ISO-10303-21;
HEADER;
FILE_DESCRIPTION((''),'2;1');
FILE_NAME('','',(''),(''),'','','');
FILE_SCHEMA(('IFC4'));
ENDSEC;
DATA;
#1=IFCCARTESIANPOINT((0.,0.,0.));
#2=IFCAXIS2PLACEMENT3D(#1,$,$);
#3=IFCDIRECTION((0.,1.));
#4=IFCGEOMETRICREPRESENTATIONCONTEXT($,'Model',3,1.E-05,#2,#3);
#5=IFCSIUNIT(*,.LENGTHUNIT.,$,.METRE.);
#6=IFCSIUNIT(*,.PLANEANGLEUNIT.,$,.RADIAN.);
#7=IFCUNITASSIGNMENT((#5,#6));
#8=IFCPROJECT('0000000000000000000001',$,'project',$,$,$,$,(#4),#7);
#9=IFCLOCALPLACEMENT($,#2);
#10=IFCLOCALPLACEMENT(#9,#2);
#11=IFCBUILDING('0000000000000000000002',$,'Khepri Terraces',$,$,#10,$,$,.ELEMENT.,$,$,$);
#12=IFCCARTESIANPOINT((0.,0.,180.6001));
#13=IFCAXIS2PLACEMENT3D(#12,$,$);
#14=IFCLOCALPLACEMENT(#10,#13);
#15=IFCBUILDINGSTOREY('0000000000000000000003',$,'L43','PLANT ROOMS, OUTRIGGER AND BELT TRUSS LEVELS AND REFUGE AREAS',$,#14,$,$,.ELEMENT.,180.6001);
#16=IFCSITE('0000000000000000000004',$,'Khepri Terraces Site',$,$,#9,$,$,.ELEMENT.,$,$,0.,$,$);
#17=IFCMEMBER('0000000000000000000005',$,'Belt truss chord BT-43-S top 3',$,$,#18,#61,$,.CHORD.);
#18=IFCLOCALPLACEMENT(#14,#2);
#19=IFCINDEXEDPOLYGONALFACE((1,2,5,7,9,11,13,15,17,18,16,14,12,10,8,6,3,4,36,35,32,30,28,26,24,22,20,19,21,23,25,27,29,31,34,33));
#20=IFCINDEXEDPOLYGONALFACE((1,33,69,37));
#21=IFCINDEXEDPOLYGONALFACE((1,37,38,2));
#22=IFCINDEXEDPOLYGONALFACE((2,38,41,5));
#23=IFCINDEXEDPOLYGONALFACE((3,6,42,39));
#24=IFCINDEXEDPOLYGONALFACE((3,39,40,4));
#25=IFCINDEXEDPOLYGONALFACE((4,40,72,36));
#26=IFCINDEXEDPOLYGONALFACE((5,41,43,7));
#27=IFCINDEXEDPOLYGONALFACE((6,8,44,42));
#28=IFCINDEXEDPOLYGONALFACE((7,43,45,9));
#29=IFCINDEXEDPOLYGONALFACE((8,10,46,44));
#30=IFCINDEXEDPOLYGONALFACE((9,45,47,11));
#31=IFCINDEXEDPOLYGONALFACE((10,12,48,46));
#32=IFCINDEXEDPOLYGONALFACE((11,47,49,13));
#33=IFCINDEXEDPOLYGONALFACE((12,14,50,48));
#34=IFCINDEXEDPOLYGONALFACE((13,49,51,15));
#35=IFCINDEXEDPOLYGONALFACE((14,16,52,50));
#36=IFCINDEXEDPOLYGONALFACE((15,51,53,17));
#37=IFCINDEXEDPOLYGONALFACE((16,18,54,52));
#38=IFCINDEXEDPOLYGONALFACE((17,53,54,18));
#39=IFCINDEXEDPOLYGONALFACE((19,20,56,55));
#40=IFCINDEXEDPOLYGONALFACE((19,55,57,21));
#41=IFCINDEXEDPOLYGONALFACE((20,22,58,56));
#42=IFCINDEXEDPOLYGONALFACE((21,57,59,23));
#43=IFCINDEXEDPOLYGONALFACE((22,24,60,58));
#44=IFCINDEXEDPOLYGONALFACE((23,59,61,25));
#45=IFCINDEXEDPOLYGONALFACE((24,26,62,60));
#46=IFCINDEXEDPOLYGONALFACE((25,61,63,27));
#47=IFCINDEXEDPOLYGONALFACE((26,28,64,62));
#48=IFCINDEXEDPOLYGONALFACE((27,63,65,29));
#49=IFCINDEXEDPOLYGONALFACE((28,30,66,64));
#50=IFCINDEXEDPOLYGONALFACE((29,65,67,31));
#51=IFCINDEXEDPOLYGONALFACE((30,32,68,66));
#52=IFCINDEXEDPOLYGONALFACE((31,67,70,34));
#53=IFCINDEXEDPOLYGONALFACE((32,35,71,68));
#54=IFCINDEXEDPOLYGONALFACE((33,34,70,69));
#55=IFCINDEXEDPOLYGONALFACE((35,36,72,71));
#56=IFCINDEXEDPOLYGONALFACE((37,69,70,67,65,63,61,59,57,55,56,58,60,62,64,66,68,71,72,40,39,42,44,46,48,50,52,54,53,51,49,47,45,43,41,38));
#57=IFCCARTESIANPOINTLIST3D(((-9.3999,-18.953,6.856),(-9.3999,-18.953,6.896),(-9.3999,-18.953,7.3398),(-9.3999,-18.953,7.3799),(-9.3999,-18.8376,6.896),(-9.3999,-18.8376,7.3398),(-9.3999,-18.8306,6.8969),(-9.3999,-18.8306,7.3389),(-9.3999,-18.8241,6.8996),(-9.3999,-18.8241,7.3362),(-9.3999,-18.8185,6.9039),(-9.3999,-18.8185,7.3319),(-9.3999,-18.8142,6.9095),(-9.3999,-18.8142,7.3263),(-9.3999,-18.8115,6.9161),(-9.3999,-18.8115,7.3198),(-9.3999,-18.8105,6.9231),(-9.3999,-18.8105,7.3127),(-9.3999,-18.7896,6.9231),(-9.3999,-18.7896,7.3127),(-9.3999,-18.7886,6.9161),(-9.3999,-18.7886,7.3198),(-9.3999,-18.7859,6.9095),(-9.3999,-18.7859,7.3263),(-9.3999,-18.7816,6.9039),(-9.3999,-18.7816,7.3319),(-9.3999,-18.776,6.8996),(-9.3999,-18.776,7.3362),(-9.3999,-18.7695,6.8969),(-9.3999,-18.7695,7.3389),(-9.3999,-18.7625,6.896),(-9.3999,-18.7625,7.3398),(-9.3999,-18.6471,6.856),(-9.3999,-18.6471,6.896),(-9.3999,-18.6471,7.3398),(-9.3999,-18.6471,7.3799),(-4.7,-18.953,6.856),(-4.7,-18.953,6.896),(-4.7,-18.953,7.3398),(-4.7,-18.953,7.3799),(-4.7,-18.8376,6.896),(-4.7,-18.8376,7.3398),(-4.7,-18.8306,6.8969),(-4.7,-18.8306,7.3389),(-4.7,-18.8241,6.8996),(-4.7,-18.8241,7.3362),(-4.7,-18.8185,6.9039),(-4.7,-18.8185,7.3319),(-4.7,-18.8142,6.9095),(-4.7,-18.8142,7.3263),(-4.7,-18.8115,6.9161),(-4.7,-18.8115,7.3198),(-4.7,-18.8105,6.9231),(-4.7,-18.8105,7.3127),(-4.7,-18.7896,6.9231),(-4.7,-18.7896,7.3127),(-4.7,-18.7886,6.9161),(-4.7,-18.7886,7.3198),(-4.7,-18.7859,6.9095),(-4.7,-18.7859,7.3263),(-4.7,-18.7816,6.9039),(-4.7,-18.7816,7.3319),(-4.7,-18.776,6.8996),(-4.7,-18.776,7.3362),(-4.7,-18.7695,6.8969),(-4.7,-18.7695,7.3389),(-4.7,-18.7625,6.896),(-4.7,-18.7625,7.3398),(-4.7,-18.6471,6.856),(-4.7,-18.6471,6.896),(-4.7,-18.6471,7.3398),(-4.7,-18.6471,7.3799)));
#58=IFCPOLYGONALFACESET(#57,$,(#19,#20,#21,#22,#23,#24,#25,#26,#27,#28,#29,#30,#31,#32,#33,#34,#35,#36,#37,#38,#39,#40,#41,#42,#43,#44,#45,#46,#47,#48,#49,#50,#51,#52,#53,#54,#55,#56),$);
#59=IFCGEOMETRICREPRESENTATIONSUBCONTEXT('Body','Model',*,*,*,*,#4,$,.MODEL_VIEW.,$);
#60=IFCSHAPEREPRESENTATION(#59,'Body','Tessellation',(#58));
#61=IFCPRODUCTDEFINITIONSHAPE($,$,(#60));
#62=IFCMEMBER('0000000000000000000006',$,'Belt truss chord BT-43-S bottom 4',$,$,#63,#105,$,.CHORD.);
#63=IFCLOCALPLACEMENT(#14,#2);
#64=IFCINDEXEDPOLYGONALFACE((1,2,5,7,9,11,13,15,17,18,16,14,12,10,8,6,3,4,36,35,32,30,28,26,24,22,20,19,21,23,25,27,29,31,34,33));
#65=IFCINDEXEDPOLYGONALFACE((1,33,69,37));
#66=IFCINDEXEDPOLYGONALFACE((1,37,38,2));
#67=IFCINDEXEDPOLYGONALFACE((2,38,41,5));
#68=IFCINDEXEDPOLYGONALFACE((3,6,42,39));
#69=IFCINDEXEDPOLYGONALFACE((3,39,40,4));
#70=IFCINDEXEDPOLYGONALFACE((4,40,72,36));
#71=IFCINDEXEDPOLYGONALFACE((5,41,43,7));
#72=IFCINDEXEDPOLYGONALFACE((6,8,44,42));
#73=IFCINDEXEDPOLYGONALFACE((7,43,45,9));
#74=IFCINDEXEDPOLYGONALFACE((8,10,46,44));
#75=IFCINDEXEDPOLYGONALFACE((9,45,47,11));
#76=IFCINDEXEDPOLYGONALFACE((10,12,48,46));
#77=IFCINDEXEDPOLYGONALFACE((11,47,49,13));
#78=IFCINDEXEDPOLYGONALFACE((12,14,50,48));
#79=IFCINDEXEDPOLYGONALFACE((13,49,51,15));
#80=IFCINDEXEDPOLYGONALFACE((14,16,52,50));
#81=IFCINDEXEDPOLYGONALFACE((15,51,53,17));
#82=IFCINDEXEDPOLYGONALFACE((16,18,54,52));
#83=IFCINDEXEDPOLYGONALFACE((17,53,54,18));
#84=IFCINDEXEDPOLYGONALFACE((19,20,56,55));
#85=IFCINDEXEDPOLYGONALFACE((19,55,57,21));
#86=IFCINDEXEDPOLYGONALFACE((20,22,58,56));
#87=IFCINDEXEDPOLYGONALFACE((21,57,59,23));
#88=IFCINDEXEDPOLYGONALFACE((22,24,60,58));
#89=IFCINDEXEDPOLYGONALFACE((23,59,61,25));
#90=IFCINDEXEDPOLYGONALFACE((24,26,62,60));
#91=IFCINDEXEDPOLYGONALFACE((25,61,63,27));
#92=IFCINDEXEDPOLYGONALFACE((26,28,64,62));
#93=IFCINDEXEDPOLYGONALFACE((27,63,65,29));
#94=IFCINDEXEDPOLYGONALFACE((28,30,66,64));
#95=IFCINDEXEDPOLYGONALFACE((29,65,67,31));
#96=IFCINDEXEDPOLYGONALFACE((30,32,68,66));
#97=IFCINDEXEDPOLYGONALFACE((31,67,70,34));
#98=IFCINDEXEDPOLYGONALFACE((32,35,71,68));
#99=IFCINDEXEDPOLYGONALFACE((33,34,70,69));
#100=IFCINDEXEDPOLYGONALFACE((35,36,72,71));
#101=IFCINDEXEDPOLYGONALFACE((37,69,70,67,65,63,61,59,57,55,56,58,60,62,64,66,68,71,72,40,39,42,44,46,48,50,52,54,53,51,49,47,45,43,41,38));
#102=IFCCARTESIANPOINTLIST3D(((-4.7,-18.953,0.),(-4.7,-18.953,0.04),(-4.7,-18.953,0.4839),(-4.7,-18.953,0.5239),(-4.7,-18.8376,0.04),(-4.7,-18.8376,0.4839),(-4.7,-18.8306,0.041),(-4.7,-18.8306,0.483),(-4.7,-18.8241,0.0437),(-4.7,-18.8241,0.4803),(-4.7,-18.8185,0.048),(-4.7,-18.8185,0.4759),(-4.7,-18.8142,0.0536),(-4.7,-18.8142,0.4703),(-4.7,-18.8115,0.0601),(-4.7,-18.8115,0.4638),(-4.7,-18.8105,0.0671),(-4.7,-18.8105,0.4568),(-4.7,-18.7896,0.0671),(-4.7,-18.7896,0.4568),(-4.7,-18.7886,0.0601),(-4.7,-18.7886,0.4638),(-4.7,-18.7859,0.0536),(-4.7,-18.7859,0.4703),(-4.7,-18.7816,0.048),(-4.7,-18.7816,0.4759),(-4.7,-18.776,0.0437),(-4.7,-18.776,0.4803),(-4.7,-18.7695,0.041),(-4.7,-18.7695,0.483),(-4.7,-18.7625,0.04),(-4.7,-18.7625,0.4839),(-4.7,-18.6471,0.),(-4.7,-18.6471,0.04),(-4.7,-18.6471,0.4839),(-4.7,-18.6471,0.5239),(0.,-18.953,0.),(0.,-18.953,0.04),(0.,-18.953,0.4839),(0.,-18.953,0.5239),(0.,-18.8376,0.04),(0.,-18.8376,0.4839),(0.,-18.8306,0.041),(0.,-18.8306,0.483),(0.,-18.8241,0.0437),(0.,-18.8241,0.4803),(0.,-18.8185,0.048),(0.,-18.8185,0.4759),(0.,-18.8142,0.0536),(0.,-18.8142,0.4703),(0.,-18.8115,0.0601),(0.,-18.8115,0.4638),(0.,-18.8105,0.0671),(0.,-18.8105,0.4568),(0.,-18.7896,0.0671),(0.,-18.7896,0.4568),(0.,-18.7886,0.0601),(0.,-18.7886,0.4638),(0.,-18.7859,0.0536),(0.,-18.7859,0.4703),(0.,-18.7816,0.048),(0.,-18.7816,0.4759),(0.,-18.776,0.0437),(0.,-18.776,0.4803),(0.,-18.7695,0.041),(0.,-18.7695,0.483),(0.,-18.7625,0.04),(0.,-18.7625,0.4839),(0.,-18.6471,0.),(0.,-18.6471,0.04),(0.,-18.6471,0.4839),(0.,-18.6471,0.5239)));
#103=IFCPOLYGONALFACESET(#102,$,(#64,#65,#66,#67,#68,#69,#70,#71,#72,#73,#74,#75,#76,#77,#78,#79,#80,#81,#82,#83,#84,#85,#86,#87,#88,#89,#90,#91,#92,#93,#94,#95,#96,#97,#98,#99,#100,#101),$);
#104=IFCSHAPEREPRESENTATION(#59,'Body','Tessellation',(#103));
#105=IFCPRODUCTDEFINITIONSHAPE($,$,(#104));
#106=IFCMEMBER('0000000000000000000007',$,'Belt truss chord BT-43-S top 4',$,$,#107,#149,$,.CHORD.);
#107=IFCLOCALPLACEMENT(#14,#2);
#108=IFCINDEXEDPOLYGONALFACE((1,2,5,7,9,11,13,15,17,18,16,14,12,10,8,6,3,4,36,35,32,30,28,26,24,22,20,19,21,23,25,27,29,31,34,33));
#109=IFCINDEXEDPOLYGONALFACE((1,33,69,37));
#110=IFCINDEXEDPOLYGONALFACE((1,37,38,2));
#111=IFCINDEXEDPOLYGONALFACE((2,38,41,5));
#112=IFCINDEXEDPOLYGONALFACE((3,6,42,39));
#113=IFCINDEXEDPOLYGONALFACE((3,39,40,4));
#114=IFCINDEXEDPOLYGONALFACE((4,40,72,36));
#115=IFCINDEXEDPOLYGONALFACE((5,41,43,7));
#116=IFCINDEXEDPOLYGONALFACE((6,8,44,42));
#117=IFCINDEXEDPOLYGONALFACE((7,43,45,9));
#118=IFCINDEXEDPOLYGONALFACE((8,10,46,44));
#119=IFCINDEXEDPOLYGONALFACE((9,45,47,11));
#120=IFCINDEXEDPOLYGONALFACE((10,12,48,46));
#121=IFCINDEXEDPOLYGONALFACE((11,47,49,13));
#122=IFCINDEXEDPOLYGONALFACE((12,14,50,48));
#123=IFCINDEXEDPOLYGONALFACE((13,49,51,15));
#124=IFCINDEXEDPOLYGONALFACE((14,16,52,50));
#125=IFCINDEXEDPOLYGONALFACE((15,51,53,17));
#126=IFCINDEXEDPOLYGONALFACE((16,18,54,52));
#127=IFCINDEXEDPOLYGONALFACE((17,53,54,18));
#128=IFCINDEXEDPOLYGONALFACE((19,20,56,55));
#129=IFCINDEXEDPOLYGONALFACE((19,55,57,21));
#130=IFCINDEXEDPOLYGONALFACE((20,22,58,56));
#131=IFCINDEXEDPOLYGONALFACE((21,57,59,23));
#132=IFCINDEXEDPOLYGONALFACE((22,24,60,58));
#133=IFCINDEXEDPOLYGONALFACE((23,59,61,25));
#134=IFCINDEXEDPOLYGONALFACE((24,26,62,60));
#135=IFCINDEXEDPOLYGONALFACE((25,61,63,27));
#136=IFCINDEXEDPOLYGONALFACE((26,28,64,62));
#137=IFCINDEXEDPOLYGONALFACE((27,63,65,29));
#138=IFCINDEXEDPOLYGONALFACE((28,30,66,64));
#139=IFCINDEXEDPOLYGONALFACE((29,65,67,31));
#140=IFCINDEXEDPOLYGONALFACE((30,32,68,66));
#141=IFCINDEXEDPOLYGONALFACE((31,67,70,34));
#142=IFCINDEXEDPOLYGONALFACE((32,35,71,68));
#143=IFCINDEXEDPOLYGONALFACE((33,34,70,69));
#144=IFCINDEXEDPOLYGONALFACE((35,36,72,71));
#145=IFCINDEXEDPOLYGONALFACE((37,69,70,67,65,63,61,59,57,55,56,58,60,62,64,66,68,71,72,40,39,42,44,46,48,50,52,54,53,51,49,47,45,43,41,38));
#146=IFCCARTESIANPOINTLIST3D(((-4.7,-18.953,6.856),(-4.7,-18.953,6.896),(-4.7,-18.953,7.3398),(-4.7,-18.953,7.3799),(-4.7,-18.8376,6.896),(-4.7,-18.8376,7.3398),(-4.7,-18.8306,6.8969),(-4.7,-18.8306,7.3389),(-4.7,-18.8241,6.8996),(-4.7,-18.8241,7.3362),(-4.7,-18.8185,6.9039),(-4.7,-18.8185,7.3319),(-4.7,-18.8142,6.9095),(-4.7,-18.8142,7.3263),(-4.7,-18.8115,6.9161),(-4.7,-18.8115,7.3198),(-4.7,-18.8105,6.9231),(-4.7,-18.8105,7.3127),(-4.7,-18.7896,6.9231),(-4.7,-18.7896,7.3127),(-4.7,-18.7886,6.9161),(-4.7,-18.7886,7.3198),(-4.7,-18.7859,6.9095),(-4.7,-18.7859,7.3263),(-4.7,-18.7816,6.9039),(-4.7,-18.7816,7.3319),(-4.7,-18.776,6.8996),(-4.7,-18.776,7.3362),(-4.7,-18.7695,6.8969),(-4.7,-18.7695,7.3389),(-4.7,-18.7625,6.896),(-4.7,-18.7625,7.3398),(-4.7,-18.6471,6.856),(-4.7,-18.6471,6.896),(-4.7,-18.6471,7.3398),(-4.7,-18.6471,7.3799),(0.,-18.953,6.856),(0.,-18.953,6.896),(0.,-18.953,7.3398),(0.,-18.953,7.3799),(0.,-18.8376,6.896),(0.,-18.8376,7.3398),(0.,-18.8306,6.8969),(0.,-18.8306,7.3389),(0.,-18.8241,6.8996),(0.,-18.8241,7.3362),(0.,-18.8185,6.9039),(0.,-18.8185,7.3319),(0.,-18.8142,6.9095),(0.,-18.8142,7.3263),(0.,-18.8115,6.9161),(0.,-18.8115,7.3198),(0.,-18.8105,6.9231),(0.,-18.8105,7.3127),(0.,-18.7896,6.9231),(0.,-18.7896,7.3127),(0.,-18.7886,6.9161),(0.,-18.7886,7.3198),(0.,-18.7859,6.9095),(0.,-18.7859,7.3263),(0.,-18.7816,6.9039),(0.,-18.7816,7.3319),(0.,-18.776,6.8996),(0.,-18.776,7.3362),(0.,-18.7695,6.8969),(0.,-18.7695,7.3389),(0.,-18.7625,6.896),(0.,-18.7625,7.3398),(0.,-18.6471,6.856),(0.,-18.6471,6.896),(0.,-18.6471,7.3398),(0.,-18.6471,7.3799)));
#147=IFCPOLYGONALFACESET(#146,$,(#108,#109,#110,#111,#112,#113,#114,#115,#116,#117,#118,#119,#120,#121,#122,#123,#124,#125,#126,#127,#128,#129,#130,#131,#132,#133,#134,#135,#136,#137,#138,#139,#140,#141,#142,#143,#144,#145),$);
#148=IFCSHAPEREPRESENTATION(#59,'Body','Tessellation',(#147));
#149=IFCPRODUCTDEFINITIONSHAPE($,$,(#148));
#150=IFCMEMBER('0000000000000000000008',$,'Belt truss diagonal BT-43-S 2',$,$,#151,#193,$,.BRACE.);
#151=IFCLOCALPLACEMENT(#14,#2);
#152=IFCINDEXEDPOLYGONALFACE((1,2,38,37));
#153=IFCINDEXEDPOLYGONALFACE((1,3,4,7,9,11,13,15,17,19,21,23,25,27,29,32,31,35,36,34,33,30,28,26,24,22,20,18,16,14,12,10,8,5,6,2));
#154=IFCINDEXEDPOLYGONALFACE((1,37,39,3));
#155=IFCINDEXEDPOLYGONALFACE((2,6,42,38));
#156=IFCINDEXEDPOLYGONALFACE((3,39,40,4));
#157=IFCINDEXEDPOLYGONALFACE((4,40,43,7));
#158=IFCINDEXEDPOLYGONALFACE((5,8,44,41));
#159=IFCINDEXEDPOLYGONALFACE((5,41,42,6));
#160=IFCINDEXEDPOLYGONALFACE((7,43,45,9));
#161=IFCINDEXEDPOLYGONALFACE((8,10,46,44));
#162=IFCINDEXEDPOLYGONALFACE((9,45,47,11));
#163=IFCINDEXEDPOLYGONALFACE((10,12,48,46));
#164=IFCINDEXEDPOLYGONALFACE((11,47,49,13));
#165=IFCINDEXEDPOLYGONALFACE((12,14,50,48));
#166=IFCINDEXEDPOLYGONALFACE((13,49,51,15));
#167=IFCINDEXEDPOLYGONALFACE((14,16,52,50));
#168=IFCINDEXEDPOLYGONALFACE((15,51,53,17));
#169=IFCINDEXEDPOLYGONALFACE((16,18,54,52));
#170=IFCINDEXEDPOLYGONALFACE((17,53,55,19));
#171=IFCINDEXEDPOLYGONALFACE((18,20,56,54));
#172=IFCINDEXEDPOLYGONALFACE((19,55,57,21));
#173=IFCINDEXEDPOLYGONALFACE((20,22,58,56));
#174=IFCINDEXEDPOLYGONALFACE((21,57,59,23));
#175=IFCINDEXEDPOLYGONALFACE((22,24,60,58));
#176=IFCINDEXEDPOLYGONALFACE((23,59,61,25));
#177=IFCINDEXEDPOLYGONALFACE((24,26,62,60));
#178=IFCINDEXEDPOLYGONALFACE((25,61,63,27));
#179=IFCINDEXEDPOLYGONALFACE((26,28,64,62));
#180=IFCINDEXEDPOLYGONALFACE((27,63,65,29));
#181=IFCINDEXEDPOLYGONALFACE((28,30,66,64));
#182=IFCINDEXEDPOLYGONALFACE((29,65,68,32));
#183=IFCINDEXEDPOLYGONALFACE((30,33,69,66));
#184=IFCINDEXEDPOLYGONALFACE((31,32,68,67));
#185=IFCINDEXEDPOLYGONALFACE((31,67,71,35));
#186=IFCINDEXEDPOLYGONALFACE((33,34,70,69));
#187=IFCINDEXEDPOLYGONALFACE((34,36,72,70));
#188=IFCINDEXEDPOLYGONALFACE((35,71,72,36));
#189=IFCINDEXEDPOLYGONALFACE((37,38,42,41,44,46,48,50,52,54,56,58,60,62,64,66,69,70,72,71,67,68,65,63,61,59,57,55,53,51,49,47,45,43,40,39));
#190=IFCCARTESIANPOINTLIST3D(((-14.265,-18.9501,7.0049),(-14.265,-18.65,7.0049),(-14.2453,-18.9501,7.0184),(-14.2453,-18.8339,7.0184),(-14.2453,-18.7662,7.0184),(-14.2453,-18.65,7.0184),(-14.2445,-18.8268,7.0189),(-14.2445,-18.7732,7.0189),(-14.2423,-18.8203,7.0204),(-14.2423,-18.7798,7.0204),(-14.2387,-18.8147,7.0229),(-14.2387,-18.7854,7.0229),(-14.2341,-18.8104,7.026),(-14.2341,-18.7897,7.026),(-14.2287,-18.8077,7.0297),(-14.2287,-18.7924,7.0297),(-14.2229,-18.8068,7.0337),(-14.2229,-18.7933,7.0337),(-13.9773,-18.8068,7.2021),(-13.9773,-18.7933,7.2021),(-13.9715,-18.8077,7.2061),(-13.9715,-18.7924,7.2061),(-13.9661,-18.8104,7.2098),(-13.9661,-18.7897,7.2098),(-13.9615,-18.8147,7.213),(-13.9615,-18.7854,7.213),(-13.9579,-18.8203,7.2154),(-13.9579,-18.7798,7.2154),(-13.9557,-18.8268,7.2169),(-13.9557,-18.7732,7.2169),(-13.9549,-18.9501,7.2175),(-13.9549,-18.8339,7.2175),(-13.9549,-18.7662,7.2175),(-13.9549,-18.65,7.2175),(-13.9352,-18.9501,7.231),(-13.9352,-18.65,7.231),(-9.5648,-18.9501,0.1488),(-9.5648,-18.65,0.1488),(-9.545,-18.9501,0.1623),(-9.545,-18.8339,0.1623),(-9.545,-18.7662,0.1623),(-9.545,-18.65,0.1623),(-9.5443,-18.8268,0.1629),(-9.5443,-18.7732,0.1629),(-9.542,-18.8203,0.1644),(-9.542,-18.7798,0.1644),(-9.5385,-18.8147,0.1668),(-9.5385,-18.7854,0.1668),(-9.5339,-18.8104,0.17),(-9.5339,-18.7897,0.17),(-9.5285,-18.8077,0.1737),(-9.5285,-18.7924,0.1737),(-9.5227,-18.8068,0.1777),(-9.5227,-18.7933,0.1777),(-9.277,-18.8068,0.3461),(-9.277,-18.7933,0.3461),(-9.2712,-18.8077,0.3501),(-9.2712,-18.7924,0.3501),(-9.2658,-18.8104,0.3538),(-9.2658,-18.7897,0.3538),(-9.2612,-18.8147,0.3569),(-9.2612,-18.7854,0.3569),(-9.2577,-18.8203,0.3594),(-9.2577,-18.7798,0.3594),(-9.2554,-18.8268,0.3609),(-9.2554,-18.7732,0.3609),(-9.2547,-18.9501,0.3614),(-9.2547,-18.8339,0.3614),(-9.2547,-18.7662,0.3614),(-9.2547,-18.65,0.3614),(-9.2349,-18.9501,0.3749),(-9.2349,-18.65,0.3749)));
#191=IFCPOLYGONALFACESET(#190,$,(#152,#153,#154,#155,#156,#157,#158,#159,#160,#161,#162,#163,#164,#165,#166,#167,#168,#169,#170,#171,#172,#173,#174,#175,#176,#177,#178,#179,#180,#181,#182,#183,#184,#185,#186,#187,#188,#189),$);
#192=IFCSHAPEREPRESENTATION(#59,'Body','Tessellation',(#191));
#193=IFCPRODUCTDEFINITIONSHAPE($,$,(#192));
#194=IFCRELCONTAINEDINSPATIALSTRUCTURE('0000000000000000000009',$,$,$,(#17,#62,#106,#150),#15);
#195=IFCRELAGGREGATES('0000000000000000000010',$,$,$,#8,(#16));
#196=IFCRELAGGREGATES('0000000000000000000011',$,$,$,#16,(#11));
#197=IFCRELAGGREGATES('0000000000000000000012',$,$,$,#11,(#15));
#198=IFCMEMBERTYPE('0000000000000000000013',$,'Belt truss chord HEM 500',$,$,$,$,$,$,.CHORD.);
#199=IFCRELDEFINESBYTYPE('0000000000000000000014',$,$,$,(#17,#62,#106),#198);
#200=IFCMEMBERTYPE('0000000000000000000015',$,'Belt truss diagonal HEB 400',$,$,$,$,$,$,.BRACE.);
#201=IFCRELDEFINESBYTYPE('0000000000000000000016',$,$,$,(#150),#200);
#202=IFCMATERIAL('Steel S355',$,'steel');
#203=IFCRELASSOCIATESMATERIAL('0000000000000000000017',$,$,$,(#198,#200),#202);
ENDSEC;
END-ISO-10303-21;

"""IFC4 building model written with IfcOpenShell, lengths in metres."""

from ifc_helpers import new_model, si_unit, direction, frame, origin, origin_2d, place, context, subcontext, project, spatial, i_section, extrude, material, material_profile, profile_set, type_object, element, save


model = new_model("IFC4")

# Units and contexts
model_context = context("Model", 3, precision=1e-05, world=origin(), true_north=direction((0.0, 1.0)))
body_context = subcontext(model_context, "Body", "Model", "MODEL_VIEW")
ifc_project = project(units=[si_unit("LENGTHUNIT", "METRE"), si_unit("PLANEANGLEUNIT", "RADIAN")], contexts=[model_context])

# Site, building, storey
site_placement = place(None, origin())
site = spatial("IfcSite", under=ifc_project, at=site_placement, Name="Khepri Terraces Site", CompositionType="ELEMENT", RefElevation=0.0)
building_placement = place(site_placement, origin())
building = spatial("IfcBuilding", under=site, at=building_placement, Name="Khepri Terraces", CompositionType="ELEMENT")
storey_placement = place(building_placement, frame((0.0, 0.0, 180.6001)))
storey = spatial("IfcBuildingStorey", under=building, at=storey_placement, Name="L43", Description="PLANT ROOMS, OUTRIGGER AND BELT TRUSS LEVELS AND REFUGE AREAS", CompositionType="ELEMENT", Elevation=180.6001)

# Members
ifc_material_1 = material(Name="Steel S355", Category="steel")
ifc_material_profile_1 = material_profile(ifc_material_1, i_section(OverallWidth=0.3059, OverallDepth=0.5239, WebThickness=0.021, FlangeThickness=0.04, FilletRadius=0.0271, at=origin_2d()), Name="Steel S355", Category="steel")
ifc_profile_set_1 = profile_set([ifc_material_profile_1], Name="Steel S355")
member_type_1 = type_object("IfcMemberType", Name="Belt truss chord HEM 500", PredefinedType="CHORD", material=ifc_profile_set_1)
for number, where, z_axis, x_axis, name in (
    (1, (-9.3999, -18.8, 7.1179), (1.0, 0.0, 0.0), (0.0, 1.0, 0.0), "Belt truss chord BT-43-S top 3"),
    (2, (-4.7, -18.8, 0.262), (1.0, 0.0, 0.0), (0.0, 1.0, 0.0), "Belt truss chord BT-43-S bottom 4"),
    (3, (-4.7, -18.8, 7.1179), (1.0, 0.0, 0.0), (0.0, 1.0, 0.0), "Belt truss chord BT-43-S top 4"),
):
    element("IfcMember", number, at=place(storey_placement, frame(where, z_axis=z_axis, x_axis=x_axis)), inside=storey, type_object=member_type_1, Name=name, PredefinedType="CHORD", context=body_context, shape_type="SweptSolid", body=[
        extrude(i_section(OverallWidth=0.3059, OverallDepth=0.5239, WebThickness=0.021, FlangeThickness=0.04, FilletRadius=0.0271, at=origin_2d()), origin(), (0.0, 0.0, 1.0), 4.7),
    ])
ifc_material_profile_2 = material_profile(ifc_material_1, i_section(OverallWidth=0.3, OverallDepth=0.3999, WebThickness=0.0134, FlangeThickness=0.0239, FilletRadius=0.0271, at=origin_2d()), Name="Steel S355", Category="steel")
ifc_profile_set_2 = profile_set([ifc_material_profile_2], Name="Steel S355")
member_type_2 = type_object("IfcMemberType", Name="Belt truss diagonal HEB 400", PredefinedType="BRACE", material=ifc_profile_set_2)
member_placement = place(storey_placement, frame((-14.1001, -18.8, 7.1179), z_axis=(0.565444, 0.0, -0.824787), x_axis=(0.0, 1.0, 0.0)))
element("IfcMember", 4, at=member_placement, inside=storey, type_object=member_type_2, Name="Belt truss diagonal BT-43-S 2", PredefinedType="BRACE", context=body_context, shape_type="SweptSolid", body=[
    extrude(i_section(OverallWidth=0.3, OverallDepth=0.3999, WebThickness=0.0134, FlangeThickness=0.0239, FilletRadius=0.0271, at=origin_2d()), origin(), (0.0, 0.0, 1.0), 8.3125),
])

save(model, "model.ifc")
